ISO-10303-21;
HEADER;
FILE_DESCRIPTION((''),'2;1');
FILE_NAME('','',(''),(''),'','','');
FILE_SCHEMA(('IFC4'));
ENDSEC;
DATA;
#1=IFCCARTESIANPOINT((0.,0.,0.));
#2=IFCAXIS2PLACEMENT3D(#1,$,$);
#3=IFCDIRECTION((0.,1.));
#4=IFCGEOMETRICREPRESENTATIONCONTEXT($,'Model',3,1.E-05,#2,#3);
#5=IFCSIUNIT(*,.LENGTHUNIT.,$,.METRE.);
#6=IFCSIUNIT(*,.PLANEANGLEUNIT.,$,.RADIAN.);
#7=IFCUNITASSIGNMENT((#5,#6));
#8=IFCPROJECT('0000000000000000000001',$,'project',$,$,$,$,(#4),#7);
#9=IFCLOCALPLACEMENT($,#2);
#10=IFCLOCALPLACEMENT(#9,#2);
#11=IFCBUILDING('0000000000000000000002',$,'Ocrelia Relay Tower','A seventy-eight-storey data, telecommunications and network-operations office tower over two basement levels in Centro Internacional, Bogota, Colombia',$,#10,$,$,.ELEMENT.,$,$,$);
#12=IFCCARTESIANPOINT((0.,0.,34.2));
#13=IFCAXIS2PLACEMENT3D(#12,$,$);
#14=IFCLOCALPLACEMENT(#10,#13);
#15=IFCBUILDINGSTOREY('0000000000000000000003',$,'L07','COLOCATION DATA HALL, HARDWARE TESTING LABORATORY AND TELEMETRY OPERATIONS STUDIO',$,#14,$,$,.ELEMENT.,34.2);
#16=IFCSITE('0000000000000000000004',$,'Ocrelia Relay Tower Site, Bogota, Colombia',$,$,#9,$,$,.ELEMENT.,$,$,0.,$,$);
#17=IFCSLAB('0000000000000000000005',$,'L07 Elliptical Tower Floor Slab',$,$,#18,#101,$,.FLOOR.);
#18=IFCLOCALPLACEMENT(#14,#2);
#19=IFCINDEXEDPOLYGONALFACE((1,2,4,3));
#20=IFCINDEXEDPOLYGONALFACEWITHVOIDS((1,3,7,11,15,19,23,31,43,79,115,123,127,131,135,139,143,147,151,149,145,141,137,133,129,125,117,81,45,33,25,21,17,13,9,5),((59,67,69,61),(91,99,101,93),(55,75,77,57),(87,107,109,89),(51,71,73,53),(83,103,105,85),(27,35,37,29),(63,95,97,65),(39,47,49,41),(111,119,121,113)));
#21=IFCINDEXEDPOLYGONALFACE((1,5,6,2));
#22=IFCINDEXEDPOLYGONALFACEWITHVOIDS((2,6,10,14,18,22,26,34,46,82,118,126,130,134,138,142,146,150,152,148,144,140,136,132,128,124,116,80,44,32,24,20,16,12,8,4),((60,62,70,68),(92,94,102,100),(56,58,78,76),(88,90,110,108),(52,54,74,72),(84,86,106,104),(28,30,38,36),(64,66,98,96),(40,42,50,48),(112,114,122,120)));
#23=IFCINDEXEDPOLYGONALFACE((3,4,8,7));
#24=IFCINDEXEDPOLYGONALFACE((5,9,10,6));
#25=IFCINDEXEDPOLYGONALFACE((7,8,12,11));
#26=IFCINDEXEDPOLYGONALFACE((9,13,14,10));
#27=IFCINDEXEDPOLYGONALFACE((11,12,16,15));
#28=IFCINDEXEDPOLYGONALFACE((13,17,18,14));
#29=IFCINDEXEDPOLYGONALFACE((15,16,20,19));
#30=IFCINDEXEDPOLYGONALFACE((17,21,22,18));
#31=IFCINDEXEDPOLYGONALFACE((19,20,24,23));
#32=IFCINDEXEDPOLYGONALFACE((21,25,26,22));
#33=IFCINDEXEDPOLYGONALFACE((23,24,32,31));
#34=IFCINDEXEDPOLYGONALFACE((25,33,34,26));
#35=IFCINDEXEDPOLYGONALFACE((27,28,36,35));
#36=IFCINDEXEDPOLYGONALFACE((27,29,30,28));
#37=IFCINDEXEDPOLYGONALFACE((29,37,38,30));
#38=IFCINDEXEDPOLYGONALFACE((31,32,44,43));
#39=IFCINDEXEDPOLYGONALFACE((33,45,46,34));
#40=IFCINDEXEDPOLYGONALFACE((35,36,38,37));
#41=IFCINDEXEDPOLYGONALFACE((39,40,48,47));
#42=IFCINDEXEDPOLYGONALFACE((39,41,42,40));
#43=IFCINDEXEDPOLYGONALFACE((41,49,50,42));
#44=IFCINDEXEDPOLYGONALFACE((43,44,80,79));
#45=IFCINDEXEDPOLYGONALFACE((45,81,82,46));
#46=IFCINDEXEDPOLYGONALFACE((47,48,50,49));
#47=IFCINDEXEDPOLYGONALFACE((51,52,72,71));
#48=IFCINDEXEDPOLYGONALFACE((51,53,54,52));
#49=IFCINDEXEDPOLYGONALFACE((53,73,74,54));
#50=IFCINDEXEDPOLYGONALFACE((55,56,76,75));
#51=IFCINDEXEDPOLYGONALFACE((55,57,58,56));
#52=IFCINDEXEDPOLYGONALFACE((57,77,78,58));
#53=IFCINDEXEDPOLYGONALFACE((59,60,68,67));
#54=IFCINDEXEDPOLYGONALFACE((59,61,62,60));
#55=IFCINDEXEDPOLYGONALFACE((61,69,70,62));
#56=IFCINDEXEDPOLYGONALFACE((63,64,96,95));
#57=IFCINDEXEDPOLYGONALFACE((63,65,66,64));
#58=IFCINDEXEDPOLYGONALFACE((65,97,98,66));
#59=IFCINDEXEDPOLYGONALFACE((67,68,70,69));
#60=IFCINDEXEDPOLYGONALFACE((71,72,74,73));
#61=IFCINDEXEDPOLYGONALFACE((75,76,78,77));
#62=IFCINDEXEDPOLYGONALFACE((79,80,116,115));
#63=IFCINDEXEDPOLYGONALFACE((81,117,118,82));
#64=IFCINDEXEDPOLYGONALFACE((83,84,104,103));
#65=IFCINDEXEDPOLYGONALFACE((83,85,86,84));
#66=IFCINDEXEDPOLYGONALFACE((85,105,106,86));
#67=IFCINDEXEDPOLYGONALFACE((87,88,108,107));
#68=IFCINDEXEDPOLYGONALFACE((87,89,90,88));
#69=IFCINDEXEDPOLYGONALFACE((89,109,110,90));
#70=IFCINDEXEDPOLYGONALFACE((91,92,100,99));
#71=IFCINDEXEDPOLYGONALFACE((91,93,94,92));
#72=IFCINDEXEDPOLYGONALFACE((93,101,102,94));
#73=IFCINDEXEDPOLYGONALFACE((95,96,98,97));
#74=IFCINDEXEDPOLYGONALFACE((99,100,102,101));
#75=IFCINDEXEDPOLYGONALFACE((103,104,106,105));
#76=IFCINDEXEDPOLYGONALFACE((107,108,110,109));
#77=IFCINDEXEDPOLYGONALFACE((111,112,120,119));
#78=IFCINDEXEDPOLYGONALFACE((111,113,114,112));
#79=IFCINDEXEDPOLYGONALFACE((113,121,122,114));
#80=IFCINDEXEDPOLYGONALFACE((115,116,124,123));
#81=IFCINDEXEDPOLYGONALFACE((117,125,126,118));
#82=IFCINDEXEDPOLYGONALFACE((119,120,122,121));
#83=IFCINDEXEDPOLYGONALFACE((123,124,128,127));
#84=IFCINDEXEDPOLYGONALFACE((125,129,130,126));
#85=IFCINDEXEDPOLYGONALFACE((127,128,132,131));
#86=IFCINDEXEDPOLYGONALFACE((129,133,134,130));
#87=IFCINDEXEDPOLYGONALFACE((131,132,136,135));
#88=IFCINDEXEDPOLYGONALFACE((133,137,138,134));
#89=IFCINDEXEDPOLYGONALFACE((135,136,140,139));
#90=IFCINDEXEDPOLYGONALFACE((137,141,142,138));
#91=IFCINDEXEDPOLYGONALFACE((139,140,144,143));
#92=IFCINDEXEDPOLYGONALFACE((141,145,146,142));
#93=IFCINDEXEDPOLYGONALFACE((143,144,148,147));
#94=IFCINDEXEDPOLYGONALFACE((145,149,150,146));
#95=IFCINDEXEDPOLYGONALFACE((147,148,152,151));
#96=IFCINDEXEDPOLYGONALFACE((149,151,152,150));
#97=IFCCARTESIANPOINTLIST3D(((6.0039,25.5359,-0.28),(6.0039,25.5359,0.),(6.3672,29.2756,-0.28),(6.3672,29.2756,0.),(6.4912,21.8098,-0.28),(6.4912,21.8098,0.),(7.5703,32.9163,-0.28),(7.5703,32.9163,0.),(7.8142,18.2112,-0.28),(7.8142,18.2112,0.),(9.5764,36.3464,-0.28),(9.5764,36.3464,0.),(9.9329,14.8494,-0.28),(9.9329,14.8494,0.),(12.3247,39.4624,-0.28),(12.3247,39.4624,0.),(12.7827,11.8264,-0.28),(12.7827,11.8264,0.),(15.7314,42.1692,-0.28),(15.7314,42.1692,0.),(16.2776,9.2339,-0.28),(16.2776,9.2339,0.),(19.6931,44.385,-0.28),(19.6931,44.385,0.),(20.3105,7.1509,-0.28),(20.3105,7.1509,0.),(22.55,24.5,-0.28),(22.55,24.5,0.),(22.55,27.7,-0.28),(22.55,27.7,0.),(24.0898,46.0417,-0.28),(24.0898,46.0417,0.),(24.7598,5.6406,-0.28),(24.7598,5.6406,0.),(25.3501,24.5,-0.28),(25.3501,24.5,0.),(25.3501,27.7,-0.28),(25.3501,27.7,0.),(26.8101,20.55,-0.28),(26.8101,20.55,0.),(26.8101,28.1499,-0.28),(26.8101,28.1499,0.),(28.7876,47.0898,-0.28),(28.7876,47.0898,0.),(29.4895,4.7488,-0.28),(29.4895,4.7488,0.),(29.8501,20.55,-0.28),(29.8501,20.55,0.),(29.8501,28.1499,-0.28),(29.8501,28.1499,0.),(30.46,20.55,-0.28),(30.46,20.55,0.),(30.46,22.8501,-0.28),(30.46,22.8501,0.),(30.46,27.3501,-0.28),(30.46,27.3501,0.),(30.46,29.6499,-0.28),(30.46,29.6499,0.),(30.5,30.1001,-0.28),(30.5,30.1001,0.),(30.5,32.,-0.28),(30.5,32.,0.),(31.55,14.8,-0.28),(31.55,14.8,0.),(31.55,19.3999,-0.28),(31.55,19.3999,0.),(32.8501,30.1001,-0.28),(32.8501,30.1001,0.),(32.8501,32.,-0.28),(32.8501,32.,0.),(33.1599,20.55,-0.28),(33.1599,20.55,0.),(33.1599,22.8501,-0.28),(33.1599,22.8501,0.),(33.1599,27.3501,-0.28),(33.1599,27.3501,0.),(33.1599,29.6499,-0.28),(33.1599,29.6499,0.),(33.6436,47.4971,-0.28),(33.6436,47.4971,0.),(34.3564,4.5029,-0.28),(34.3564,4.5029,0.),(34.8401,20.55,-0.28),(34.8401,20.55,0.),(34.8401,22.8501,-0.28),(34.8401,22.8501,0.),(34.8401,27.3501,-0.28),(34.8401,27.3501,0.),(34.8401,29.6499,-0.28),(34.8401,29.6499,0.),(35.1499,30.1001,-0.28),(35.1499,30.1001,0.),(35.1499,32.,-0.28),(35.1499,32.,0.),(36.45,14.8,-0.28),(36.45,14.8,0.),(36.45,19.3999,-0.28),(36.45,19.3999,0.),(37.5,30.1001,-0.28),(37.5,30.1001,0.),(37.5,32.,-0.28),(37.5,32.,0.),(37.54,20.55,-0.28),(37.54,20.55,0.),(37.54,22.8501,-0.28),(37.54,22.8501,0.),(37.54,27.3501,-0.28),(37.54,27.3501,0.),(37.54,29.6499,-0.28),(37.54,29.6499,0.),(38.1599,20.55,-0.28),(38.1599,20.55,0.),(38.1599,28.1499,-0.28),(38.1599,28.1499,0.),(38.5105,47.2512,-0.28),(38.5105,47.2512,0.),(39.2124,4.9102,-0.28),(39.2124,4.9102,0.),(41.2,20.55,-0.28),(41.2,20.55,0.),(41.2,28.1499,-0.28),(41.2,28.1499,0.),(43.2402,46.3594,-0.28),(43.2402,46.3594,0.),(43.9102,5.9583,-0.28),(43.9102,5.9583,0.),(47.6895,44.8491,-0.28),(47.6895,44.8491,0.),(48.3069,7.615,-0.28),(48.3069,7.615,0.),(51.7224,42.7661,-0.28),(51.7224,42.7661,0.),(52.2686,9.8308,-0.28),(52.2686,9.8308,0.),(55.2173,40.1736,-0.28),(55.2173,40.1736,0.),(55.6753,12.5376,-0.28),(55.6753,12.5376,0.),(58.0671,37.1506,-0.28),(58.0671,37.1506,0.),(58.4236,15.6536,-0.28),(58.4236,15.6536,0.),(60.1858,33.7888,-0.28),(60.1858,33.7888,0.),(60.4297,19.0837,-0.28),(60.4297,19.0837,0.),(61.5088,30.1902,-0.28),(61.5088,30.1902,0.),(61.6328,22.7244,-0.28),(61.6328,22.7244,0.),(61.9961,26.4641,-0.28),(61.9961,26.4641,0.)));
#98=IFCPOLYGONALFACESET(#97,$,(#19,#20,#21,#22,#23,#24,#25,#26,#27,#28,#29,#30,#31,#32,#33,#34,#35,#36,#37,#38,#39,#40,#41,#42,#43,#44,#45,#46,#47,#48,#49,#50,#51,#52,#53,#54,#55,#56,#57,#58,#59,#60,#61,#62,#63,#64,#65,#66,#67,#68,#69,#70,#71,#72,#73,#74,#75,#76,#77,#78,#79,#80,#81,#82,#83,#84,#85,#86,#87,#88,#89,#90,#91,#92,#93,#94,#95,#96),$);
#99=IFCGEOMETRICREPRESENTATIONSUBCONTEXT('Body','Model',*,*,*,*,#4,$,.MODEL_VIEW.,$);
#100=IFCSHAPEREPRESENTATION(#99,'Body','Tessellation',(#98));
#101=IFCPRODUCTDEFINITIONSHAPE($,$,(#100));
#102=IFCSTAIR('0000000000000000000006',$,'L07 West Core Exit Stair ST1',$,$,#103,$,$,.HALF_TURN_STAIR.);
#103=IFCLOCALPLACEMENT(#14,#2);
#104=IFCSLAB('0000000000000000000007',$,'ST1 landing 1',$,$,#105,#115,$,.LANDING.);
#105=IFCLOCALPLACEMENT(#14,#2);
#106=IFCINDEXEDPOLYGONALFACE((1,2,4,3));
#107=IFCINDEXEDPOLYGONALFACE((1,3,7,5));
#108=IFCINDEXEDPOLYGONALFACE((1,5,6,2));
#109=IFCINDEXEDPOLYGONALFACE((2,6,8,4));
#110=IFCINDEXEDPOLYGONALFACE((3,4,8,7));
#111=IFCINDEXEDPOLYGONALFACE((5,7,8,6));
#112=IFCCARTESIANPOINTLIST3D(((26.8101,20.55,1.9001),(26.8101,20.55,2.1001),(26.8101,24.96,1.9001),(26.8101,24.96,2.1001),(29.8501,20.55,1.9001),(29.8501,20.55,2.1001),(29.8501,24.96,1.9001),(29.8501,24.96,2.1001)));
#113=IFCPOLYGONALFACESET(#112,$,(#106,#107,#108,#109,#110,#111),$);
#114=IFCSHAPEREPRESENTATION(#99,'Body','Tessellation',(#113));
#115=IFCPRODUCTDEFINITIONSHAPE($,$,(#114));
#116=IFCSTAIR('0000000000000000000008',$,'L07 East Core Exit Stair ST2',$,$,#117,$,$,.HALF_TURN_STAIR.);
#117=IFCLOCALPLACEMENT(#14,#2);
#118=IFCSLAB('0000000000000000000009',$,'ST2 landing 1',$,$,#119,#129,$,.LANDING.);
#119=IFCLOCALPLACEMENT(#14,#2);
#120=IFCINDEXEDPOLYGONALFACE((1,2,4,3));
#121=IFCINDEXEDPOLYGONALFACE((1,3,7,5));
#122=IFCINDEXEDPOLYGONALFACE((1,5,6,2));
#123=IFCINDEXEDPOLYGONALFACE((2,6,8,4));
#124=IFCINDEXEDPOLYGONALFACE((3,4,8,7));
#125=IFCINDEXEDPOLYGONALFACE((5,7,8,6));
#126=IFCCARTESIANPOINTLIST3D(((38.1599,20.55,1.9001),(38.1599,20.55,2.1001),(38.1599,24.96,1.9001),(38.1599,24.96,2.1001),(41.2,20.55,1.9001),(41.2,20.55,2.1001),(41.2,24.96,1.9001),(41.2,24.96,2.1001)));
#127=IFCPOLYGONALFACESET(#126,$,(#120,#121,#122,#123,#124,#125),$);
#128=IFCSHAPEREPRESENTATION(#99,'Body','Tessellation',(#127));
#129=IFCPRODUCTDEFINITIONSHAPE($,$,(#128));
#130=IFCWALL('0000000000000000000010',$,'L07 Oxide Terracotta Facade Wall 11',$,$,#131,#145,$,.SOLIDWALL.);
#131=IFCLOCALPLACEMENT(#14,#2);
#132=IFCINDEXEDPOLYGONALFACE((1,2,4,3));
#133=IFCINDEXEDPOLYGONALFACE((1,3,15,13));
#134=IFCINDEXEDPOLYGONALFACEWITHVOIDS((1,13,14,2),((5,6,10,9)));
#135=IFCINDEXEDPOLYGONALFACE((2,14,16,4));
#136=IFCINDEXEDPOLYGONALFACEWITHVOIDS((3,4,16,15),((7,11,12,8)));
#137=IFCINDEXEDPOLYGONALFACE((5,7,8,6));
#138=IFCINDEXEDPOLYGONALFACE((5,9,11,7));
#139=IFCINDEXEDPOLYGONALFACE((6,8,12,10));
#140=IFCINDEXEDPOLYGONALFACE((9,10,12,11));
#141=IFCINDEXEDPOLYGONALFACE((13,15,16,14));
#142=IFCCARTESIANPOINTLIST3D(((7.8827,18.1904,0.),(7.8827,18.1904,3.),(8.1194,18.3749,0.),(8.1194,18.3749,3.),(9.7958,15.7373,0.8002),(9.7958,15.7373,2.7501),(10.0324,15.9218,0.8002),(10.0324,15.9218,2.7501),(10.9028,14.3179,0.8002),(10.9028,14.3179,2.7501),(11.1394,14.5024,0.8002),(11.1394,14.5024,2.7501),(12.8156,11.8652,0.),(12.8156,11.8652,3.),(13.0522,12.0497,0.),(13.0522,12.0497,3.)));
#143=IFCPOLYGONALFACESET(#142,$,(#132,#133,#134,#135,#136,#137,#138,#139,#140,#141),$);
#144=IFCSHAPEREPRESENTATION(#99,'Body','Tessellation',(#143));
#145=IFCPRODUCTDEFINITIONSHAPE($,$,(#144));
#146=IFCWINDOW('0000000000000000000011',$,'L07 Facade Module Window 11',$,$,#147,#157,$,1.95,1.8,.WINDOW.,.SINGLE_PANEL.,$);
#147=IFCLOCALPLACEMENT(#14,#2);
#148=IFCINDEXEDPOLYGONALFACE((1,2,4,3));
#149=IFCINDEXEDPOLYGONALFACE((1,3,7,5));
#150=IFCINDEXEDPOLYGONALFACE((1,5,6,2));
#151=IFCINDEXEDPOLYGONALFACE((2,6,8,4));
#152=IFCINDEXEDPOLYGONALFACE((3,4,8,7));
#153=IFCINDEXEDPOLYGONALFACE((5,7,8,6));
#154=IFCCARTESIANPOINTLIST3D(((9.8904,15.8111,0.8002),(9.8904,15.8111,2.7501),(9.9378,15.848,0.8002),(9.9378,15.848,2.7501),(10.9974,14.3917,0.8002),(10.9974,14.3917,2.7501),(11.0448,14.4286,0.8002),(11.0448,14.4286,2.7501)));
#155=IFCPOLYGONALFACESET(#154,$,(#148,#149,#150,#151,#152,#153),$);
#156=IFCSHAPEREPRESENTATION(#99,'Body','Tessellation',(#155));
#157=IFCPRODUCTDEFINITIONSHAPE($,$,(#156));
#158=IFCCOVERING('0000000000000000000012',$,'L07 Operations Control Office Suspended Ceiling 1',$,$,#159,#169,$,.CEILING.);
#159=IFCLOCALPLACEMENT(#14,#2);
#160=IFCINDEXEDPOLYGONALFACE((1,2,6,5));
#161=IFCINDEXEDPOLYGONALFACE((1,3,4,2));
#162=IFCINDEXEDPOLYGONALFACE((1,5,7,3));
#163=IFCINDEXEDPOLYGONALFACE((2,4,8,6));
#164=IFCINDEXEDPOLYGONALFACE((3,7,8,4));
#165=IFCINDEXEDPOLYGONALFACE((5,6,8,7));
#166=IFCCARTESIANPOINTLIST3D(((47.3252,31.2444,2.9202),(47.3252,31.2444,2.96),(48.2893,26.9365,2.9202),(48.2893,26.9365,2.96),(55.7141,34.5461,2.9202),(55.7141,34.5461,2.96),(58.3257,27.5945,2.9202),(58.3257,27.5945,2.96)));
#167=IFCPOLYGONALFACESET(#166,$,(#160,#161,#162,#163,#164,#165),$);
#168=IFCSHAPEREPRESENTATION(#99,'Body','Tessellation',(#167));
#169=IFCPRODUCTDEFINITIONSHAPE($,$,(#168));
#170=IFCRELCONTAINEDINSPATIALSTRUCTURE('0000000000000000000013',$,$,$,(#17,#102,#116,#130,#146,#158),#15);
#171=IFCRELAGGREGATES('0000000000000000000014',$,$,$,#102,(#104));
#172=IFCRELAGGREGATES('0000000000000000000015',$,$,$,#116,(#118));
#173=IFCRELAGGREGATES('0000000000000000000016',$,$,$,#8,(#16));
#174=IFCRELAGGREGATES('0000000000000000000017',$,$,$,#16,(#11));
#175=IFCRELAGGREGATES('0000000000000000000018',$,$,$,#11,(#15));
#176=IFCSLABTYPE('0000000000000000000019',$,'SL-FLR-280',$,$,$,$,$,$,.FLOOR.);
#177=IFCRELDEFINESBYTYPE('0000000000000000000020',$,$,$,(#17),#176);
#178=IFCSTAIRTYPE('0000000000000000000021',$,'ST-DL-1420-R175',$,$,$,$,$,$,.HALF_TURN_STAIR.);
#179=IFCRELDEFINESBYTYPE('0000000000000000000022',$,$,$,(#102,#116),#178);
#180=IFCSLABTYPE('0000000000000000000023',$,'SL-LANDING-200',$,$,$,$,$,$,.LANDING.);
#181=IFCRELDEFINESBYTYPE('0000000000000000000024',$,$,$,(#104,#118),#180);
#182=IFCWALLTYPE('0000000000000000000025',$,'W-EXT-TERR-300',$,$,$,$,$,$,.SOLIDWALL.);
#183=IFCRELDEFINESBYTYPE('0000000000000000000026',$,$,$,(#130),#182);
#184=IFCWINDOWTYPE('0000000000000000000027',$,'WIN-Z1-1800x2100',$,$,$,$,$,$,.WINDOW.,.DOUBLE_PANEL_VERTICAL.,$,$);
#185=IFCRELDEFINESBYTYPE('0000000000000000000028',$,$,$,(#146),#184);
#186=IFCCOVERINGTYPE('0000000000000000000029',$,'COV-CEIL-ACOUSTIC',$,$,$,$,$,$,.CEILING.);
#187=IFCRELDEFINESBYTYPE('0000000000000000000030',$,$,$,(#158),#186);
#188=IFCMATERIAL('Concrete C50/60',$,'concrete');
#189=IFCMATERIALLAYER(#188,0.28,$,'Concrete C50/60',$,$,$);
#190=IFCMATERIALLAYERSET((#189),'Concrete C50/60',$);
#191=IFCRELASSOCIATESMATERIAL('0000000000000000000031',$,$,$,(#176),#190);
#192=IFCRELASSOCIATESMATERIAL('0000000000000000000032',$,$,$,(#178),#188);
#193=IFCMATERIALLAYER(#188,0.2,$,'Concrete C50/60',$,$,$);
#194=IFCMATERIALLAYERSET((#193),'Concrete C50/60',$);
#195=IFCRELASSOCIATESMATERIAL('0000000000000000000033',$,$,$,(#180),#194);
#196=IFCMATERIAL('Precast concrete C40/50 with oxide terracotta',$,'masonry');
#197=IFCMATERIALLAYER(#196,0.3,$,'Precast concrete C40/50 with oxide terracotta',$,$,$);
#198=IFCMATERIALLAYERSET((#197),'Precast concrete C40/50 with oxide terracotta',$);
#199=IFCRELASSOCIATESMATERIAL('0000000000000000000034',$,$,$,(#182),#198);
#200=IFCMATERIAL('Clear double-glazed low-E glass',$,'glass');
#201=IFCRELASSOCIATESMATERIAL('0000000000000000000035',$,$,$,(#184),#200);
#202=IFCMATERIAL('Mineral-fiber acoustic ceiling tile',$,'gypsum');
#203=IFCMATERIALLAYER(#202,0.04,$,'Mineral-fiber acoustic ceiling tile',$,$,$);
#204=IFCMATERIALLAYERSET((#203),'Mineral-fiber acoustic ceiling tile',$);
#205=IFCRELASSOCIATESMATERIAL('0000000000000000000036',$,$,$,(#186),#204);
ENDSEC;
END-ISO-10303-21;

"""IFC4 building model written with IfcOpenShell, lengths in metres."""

from ifc_helpers import new_model, si_unit, direction, frame, frame_2d, origin, place, context, subcontext, project, spatial, polyline, rectangle, outline, extrude, material, layer, layer_set, type_object, element, fill, aggregate, save


model = new_model("IFC4")

# Units and contexts
model_context = context("Model", 3, precision=1e-05, world=origin(), true_north=direction((0.0, 1.0)))
body_context = subcontext(model_context, "Body", "Model", "MODEL_VIEW")
ifc_project = project(units=[si_unit("LENGTHUNIT", "METRE"), si_unit("PLANEANGLEUNIT", "RADIAN")], contexts=[model_context])

# Site, building, storey
site_placement = place(None, origin())
site = spatial("IfcSite", under=ifc_project, at=site_placement, Name="Ocrelia Relay Tower Site, Bogota, Colombia", CompositionType="ELEMENT", RefElevation=0.0)
building_placement = place(site_placement, origin())
building = spatial("IfcBuilding", under=site, at=building_placement, Name="Ocrelia Relay Tower", Description="A seventy-eight-storey data, telecommunications and network-operations office tower over two basement levels in Centro Internacional, Bogota, Colombia", CompositionType="ELEMENT")
storey_placement = place(building_placement, frame((0.0, 0.0, 34.2)))
storey = spatial("IfcBuildingStorey", under=building, at=storey_placement, Name="L07", Description="COLOCATION DATA HALL, HARDWARE TESTING LABORATORY AND TELEMETRY OPERATIONS STUDIO", CompositionType="ELEMENT", Elevation=34.2)

# Shared definitions
ifc_material_1 = material(Name="Clear double-glazed low-E glass", Category="glass")

# Slab
ifc_material_2 = material(Name="Concrete C50/60", Category="concrete")
ifc_layer_1 = layer(ifc_material_2, 0.28, Name="Concrete C50/60")
ifc_layer_set_1 = layer_set([ifc_layer_1], Name="Concrete C50/60")
slab_type_1 = type_object("IfcSlabType", Name="SL-FLR-280", PredefinedType="FLOOR", material=ifc_layer_set_1)
slab_1_placement = place(storey_placement, frame((0.0, 0.0, -0.28)))
element("IfcSlab", 1, at=slab_1_placement, inside=storey, type_object=slab_type_1, Name="L07 Elliptical Tower Floor Slab", PredefinedType="FLOOR", context=body_context, shape_type="SweptSolid", body=[
    extrude(outline(polyline([(61.9961, 26.4641), (61.5088, 30.1902), (60.1858, 33.7888), (58.0671, 37.1506), (55.2173, 40.1736), (51.7224, 42.7661), (47.6895, 44.8491), (43.2402, 46.3594), (38.5105, 47.2512), (33.6436, 47.4971), (28.7876, 47.0898), (24.0898, 46.0417), (19.6931, 44.385), (15.7314, 42.1692), (12.3247, 39.4624), (9.5764, 36.3464), (7.5703, 32.9163), (6.3672, 29.2756), (6.0039, 25.5359), (6.4912, 21.8098), (7.8142, 18.2112), (9.9329, 14.8494), (12.7827, 11.8264), (16.2776, 9.2339), (20.3105, 7.1509), (24.7598, 5.6406), (29.4895, 4.7488), (34.3564, 4.5029), (39.2124, 4.9102), (43.9102, 5.9583), (48.3069, 7.615), (52.2686, 9.8308), (55.6753, 12.5376), (58.4236, 15.6536), (60.4297, 19.0837), (61.6328, 22.7244), (61.9961, 26.4641)]), holes=[polyline([(26.8101, 28.1499), (26.8101, 20.55), (29.8501, 20.55), (29.8501, 28.1499), (26.8101, 28.1499)]), polyline([(38.1599, 28.1499), (38.1599, 20.55), (41.2, 20.55), (41.2, 28.1499), (38.1599, 28.1499)]), polyline([(30.46, 20.55), (33.1599, 20.55), (33.1599, 22.8501), (30.46, 22.8501), (30.46, 20.55)]), polyline([(34.8401, 20.55), (37.54, 20.55), (37.54, 22.8501), (34.8401, 22.8501), (34.8401, 20.55)]), polyline([(30.46, 27.3501), (33.1599, 27.3501), (33.1599, 29.6499), (30.46, 29.6499), (30.46, 27.3501)]), polyline([(34.8401, 27.3501), (37.54, 27.3501), (37.54, 29.6499), (34.8401, 29.6499), (34.8401, 27.3501)]), polyline([(30.5, 30.1001), (32.8501, 30.1001), (32.8501, 32.0), (30.5, 32.0), (30.5, 30.1001)]), polyline([(35.1499, 30.1001), (37.5, 30.1001), (37.5, 32.0), (35.1499, 32.0), (35.1499, 30.1001)]), polyline([(22.55, 24.5), (25.3501, 24.5), (25.3501, 27.7), (22.55, 27.7), (22.55, 24.5)]), polyline([(31.55, 14.8), (36.45, 14.8), (36.45, 19.3999), (31.55, 19.3999), (31.55, 14.8)])]), origin(), (0.0, 0.0, 1.0), 0.28),
])

# Stairs, slabs
stair_type = type_object("IfcStairType", Name="ST-DL-1420-R175", PredefinedType="HALF_TURN_STAIR", material=ifc_material_2)
stair_1_placement = place(storey_placement, origin())
stair_1 = element("IfcStair", 2, at=stair_1_placement, inside=storey, type_object=stair_type, Name="L07 West Core Exit Stair ST1", PredefinedType="HALF_TURN_STAIR")
ifc_layer_2 = layer(ifc_material_2, 0.2, Name="Concrete C50/60")
ifc_layer_set_2 = layer_set([ifc_layer_2], Name="Concrete C50/60")
slab_type_2 = type_object("IfcSlabType", Name="SL-LANDING-200", PredefinedType="LANDING", material=ifc_layer_set_2)
slab_2_placement = place(storey_placement, frame((0.0, 0.0, 1.9001)))
slab_2 = element("IfcSlab", 3, at=slab_2_placement, type_object=slab_type_2, Name="ST1 landing 1", PredefinedType="LANDING", context=body_context, shape_type="SweptSolid", body=[
    extrude(outline(polyline([(26.8101, 24.96), (26.8101, 20.55), (29.8501, 20.55), (29.8501, 24.96), (26.8101, 24.96)])), origin(), (0.0, 0.0, 1.0), 0.2),
])
aggregate(stair_1, [slab_2])
stair_2_placement = place(storey_placement, origin())
stair_2 = element("IfcStair", 4, at=stair_2_placement, inside=storey, type_object=stair_type, Name="L07 East Core Exit Stair ST2", PredefinedType="HALF_TURN_STAIR")
slab_3_placement = place(storey_placement, frame((0.0, 0.0, 1.9001)))
slab_3 = element("IfcSlab", 5, at=slab_3_placement, type_object=slab_type_2, Name="ST2 landing 1", PredefinedType="LANDING", context=body_context, shape_type="SweptSolid", body=[
    extrude(outline(polyline([(38.1599, 24.96), (38.1599, 20.55), (41.2, 20.55), (41.2, 24.96), (38.1599, 24.96)])), origin(), (0.0, 0.0, 1.0), 0.2),
])
aggregate(stair_2, [slab_3])

# Wall, opening, window
ifc_material_3 = material(Name="Precast concrete C40/50 with oxide terracotta", Category="masonry")
ifc_layer_3 = layer(ifc_material_3, 0.3, Name="Precast concrete C40/50 with oxide terracotta")
ifc_layer_set_3 = layer_set([ifc_layer_3], Name="Precast concrete C40/50 with oxide terracotta")
wall_type = type_object("IfcWallType", Name="W-EXT-TERR-300", PredefinedType="SOLIDWALL", material=ifc_layer_set_3)
wall_placement = place(storey_placement, frame((8.001, 18.2827, 0.0), z_axis=(0.0, 0.0, 1.0), x_axis=(0.61497, -0.78855, 0.0)))
wall = element("IfcWall", 6, at=wall_placement, inside=storey, type_object=wall_type, Name="L07 Oxide Terracotta Facade Wall 11", PredefinedType="SOLIDWALL", context=body_context, shape_type="SweptSolid", body=[
    extrude(rectangle(XDim=8.0212, YDim=0.3, at=frame_2d((4.0107, 0.0))), origin(), (0.0, 0.0, 1.0), 3.0),
])
opening_placement = place(wall_placement, frame((3.1111, 0.0, 0.8)))
opening = element("IfcOpeningElement", 7, at=opening_placement, cuts=wall, PredefinedType="OPENING", context=body_context, shape_type="SweptSolid", body=[
    extrude(rectangle(XDim=1.8, YDim=1.95, at=frame_2d((0.8999, 0.9751))), frame((0.0, 0.1602, 0.0), z_axis=(0.0, -1.0, 0.0), x_axis=(1.0, 0.0, 0.0)), (0.0, 0.0, 1.0), 0.3201),
])
window_type = type_object("IfcWindowType", Name="WIN-Z1-1800x2100", PartitioningType="DOUBLE_PANEL_VERTICAL", PredefinedType="WINDOW", material=ifc_material_1)
window_placement = place(opening_placement, origin())
window = element("IfcWindow", 8, at=window_placement, inside=storey, type_object=window_type, Name="L07 Facade Module Window 11", OverallHeight=1.95, OverallWidth=1.8, PartitioningType="SINGLE_PANEL", PredefinedType="WINDOW", context=body_context, shape_type="SweptSolid", body=[
    extrude(rectangle(XDim=1.8, YDim=1.95, at=frame_2d((0.8999, 0.9751))), frame((0.0, 0.03, 0.0), z_axis=(0.0, -1.0, 0.0), x_axis=(1.0, 0.0, 0.0)), (0.0, 0.0, 1.0), 0.0601),
])
fill(opening, window)

# Covering
ifc_material_4 = material(Name="Mineral-fiber acoustic ceiling tile", Category="gypsum")
ifc_layer_4 = layer(ifc_material_4, 0.04, Name="Mineral-fiber acoustic ceiling tile")
ifc_layer_set_4 = layer_set([ifc_layer_4], Name="Mineral-fiber acoustic ceiling tile")
covering_type_1 = type_object("IfcCoveringType", Name="COV-CEIL-ACOUSTIC", PredefinedType="CEILING", material=ifc_layer_set_4)
covering_1_placement = place(storey_placement, frame((0.0, 0.0, 2.9202)))
element("IfcCovering", 9, at=covering_1_placement, inside=storey, type_object=covering_type_1, Name="L07 Operations Control Office Suspended Ceiling 1", PredefinedType="CEILING", context=body_context, shape_type="SweptSolid", body=[
    extrude(outline(polyline([(48.2893, 26.9365), (58.3257, 27.5945), (55.7141, 34.5461), (47.3252, 31.2444), (48.2893, 26.9365)])), origin(), (0.0, 0.0, 1.0), 0.0398),
])

save(model, "model.ifc")
